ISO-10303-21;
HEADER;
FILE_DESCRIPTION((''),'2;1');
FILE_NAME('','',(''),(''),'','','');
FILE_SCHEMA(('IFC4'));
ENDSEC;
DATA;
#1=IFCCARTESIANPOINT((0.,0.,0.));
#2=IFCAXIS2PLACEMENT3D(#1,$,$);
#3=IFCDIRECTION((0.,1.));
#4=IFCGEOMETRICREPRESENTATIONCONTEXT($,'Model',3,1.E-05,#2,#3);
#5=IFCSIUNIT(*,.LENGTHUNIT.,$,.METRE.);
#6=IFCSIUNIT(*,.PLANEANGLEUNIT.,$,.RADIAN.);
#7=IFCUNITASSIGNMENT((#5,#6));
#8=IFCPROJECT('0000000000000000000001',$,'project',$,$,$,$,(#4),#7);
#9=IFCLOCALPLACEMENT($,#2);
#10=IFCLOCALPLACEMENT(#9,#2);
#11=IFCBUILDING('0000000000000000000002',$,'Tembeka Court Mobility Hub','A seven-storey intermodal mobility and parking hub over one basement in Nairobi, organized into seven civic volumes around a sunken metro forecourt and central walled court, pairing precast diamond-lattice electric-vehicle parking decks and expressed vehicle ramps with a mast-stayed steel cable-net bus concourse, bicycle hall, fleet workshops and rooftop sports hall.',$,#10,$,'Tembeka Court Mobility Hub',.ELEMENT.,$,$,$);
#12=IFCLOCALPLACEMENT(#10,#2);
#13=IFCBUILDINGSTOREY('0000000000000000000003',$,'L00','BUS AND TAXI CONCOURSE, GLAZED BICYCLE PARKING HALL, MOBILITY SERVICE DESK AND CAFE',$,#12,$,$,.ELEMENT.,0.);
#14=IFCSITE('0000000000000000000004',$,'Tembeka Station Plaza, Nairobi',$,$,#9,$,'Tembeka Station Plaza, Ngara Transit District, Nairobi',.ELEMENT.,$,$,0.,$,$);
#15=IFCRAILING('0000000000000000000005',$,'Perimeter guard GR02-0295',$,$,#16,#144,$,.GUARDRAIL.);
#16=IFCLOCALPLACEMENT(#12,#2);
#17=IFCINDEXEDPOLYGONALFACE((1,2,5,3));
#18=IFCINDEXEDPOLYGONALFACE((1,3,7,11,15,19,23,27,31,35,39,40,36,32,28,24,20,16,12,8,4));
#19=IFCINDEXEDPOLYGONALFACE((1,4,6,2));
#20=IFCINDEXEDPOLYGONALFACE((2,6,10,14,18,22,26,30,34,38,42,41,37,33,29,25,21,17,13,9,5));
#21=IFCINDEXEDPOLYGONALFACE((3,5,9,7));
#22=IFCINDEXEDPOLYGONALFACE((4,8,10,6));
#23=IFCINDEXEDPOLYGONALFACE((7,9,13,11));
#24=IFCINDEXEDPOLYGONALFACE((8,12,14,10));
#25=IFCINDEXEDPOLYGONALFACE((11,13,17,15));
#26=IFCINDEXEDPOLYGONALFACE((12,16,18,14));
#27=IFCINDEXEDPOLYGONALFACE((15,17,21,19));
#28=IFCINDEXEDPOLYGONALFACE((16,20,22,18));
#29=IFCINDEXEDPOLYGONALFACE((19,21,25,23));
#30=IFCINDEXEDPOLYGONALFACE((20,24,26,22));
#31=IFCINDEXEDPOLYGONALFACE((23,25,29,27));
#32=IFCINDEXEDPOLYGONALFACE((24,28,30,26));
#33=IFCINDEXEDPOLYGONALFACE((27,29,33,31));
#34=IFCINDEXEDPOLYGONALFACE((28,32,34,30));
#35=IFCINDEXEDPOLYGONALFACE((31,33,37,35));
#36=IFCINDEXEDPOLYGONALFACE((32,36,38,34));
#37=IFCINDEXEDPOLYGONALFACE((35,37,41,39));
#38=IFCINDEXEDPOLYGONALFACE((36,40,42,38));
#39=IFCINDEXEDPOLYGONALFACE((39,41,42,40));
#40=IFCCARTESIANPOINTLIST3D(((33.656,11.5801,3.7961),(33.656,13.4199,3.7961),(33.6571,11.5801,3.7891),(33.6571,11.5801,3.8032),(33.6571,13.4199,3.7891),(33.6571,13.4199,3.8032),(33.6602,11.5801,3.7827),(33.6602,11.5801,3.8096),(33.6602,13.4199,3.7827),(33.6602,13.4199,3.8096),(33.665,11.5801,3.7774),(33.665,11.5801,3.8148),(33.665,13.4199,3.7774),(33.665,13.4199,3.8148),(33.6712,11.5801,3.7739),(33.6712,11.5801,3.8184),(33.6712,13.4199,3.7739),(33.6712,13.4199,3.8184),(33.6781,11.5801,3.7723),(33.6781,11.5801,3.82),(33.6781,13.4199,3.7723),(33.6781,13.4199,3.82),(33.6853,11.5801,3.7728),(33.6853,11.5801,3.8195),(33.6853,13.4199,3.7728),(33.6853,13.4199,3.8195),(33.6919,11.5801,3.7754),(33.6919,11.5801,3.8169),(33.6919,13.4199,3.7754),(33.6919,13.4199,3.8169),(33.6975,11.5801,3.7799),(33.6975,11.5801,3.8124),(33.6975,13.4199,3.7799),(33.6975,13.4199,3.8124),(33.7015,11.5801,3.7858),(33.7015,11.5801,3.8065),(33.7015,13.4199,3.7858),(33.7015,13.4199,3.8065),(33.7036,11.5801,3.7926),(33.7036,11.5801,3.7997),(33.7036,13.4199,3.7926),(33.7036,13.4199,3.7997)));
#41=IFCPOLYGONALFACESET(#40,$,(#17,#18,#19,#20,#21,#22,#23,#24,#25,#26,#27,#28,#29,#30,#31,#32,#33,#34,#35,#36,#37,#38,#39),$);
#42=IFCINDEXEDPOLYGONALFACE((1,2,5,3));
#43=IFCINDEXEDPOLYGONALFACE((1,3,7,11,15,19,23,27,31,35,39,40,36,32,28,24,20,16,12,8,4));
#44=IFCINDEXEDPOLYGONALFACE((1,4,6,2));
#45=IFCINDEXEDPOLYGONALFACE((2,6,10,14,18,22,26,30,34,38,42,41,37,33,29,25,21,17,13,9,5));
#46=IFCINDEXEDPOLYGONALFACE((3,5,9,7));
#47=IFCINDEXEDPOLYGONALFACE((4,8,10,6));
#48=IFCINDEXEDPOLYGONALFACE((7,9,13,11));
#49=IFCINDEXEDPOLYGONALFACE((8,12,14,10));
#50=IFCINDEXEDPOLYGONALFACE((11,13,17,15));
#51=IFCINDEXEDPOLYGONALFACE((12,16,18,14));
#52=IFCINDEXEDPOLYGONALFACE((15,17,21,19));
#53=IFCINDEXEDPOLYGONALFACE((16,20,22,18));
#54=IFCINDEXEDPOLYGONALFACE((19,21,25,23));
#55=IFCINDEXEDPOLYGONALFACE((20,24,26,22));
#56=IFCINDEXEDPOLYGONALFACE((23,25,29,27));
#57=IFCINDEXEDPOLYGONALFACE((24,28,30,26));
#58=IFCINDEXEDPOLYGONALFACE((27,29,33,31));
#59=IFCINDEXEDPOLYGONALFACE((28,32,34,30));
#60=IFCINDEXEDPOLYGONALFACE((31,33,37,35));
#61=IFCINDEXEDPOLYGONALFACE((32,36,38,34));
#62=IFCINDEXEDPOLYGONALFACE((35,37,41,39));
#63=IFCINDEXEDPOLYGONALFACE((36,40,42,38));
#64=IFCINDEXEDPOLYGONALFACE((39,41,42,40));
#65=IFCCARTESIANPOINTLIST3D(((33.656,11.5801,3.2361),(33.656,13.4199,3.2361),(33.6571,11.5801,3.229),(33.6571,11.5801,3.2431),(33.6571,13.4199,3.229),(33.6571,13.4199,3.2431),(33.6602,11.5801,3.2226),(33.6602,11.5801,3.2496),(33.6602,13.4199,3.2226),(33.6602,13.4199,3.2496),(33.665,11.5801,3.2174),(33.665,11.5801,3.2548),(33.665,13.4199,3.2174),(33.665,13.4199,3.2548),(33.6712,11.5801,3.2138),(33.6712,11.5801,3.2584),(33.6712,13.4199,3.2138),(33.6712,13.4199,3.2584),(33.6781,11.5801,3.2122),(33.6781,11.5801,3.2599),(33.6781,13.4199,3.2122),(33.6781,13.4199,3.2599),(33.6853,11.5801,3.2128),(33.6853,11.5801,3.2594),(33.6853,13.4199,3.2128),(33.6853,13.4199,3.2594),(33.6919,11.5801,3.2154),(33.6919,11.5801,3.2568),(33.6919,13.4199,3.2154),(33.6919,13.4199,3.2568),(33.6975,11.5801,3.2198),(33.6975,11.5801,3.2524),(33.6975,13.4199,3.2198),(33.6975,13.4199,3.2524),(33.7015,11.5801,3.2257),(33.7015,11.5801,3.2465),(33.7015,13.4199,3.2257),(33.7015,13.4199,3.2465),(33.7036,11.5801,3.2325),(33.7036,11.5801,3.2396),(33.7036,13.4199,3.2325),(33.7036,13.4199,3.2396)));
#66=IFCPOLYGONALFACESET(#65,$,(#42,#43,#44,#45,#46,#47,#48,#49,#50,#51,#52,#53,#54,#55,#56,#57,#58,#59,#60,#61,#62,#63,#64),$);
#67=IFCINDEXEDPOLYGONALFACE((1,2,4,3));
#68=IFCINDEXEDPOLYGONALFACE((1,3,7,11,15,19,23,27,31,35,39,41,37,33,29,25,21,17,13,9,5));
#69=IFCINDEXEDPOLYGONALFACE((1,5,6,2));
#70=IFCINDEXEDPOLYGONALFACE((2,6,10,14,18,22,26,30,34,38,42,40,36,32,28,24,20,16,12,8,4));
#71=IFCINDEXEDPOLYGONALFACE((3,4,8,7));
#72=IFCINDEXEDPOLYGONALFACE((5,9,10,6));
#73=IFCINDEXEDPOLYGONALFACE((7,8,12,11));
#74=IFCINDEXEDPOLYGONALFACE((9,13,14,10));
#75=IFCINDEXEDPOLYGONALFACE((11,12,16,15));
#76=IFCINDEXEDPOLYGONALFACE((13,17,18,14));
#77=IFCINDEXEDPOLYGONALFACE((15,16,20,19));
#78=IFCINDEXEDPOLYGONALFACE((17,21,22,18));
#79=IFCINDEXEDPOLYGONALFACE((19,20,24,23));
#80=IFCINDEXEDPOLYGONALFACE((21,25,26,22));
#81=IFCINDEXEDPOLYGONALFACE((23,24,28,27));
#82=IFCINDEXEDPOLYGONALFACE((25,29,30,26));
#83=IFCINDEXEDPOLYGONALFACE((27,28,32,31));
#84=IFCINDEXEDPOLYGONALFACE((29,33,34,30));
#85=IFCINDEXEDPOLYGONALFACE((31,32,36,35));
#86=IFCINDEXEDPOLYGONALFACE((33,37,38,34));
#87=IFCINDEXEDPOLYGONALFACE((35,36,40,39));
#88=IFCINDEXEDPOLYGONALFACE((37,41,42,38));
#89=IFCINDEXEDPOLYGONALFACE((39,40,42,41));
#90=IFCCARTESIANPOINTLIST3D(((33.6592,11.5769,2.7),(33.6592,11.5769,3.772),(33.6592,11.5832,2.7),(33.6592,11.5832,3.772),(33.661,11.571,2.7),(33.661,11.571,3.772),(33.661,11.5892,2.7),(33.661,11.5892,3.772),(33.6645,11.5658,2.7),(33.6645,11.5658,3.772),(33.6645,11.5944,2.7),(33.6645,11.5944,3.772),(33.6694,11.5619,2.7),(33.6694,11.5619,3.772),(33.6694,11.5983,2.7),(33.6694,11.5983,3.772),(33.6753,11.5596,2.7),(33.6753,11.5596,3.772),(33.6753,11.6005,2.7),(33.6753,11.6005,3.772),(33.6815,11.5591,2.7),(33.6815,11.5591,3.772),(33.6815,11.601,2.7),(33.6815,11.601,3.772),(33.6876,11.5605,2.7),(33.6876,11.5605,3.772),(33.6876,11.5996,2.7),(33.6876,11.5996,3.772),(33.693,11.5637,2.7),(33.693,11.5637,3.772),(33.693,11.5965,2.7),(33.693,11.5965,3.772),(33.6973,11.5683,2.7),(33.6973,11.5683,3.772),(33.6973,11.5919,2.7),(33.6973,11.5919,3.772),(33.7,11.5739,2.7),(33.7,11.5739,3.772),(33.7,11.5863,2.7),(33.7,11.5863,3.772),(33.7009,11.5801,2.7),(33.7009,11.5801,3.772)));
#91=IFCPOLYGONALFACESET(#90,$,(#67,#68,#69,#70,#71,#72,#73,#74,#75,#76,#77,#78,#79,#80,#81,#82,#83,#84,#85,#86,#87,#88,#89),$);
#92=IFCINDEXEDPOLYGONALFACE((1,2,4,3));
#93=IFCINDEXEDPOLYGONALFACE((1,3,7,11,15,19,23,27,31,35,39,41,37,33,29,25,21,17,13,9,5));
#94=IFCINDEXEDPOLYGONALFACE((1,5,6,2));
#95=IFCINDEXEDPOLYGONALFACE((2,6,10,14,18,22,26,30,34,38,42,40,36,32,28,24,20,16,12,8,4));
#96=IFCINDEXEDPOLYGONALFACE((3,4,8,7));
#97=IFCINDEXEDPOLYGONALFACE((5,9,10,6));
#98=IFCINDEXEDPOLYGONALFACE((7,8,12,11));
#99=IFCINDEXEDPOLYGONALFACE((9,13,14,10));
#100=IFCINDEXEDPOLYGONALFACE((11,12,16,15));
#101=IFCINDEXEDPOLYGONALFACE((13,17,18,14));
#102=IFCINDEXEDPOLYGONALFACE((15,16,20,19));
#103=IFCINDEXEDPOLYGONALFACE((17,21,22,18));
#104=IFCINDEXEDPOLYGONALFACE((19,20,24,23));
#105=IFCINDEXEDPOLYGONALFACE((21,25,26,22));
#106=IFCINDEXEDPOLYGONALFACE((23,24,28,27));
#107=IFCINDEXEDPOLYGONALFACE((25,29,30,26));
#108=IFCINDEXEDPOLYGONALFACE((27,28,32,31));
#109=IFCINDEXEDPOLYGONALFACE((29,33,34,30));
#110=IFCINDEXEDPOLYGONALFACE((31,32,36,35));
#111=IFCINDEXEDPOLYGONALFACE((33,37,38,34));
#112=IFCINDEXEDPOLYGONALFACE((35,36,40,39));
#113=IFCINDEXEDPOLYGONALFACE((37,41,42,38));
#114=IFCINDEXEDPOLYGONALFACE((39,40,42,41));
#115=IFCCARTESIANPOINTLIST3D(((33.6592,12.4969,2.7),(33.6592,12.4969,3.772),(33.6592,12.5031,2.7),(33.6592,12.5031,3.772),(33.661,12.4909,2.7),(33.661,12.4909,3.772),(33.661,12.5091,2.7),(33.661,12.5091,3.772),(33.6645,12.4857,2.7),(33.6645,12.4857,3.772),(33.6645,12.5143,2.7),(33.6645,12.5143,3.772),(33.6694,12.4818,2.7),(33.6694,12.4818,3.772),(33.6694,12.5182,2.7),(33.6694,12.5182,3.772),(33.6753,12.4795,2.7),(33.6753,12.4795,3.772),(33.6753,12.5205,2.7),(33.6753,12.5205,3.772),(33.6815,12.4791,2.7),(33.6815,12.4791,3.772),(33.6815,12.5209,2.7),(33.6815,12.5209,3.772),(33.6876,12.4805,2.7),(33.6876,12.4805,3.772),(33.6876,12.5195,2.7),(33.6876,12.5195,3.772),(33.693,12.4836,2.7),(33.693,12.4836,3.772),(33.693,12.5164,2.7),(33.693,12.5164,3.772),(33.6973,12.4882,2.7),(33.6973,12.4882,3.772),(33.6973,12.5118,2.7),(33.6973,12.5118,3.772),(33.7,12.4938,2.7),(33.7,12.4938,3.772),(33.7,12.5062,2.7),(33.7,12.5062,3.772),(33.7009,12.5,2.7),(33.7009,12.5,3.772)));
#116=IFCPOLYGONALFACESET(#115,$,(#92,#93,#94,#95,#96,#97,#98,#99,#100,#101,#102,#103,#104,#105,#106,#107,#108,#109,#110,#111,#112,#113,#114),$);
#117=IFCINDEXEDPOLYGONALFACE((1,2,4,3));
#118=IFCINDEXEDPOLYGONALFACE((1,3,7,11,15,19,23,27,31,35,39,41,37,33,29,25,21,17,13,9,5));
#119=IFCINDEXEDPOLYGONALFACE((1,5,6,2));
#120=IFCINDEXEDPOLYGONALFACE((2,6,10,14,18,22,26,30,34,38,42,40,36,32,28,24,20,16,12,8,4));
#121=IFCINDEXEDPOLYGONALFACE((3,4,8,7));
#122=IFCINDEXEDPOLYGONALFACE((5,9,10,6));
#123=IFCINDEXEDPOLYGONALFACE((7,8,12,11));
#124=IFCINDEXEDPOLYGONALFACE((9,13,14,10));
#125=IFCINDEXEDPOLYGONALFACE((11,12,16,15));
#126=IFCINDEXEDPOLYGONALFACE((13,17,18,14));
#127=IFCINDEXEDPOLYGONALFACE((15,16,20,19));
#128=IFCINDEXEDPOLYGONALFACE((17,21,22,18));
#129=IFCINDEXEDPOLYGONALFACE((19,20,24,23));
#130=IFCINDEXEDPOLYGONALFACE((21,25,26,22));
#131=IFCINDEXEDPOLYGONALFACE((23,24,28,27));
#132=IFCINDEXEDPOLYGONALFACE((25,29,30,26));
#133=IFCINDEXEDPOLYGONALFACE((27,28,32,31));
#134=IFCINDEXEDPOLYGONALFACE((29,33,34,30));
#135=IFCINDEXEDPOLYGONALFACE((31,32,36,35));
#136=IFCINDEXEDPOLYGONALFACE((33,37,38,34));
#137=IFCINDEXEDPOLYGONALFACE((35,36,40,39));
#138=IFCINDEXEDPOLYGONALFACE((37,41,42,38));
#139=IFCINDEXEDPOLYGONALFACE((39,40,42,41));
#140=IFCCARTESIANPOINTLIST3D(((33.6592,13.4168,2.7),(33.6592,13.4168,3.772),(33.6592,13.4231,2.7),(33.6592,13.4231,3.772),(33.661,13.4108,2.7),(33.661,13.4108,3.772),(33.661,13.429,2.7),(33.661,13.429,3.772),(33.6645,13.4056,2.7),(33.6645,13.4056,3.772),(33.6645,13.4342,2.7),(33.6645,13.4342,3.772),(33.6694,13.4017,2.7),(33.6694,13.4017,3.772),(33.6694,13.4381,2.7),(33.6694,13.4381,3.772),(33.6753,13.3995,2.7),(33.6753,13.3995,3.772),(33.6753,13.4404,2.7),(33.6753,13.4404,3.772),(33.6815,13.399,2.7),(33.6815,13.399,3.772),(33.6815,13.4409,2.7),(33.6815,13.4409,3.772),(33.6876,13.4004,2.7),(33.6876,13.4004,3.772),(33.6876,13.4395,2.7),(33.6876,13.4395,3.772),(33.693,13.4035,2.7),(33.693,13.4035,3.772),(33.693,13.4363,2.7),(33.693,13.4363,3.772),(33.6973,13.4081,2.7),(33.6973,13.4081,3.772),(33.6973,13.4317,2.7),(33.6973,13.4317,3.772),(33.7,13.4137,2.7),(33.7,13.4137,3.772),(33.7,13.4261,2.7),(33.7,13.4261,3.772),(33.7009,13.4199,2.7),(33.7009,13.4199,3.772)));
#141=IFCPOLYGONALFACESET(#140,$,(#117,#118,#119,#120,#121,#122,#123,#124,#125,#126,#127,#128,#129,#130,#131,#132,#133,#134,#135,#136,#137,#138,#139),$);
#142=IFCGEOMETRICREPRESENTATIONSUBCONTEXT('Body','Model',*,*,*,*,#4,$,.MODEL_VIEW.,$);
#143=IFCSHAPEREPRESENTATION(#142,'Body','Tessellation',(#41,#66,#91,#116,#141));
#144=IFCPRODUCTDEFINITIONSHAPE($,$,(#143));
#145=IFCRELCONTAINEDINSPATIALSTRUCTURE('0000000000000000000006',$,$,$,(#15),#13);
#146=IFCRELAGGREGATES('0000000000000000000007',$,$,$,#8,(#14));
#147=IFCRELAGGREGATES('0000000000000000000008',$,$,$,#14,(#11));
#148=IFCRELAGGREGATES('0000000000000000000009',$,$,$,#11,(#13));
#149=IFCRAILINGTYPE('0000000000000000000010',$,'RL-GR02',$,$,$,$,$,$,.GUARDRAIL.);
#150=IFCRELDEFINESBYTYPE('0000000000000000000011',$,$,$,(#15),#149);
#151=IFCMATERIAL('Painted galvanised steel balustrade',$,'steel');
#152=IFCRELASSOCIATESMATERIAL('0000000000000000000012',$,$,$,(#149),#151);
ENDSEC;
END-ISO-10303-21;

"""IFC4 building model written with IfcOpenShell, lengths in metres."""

from ifc_helpers import new_model, si_unit, direction, frame, origin, origin_2d, place, context, subcontext, project, spatial, circle, extrude, material, type_object, element, save


model = new_model("IFC4")

# Units and contexts
model_context = context("Model", 3, precision=1e-05, world=origin(), true_north=direction((0.0, 1.0)))
body_context = subcontext(model_context, "Body", "Model", "MODEL_VIEW")
ifc_project = project(units=[si_unit("LENGTHUNIT", "METRE"), si_unit("PLANEANGLEUNIT", "RADIAN")], contexts=[model_context])

# Site, building, storey
site_placement = place(None, origin())
site = spatial("IfcSite", under=ifc_project, at=site_placement, Name="Tembeka Station Plaza, Nairobi", LongName="Tembeka Station Plaza, Ngara Transit District, Nairobi", CompositionType="ELEMENT", RefElevation=0.0)
building_placement = place(site_placement, origin())
building = spatial("IfcBuilding", under=site, at=building_placement, Name="Tembeka Court Mobility Hub", Description="A seven-storey intermodal mobility and parking hub over one basement in Nairobi, organized into seven civic volumes around a sunken metro forecourt and central walled court, pairing precast diamond-lattice electric-vehicle parking decks and expressed vehicle ramps with a mast-stayed steel cable-net bus concourse, bicycle hall, fleet workshops and rooftop sports hall.", LongName="Tembeka Court Mobility Hub", CompositionType="ELEMENT")
storey_placement = place(building_placement, origin())
storey = spatial("IfcBuildingStorey", under=building, at=storey_placement, Name="L00", Description="BUS AND TAXI CONCOURSE, GLAZED BICYCLE PARKING HALL, MOBILITY SERVICE DESK AND CAFE", CompositionType="ELEMENT", Elevation=0.0)

# Railing
ifc_material_1 = material(Name="Painted galvanised steel balustrade", Category="steel")
railing_type = type_object("IfcRailingType", Name="RL-GR02", PredefinedType="GUARDRAIL", material=ifc_material_1)
railing_1_placement = place(storey_placement, frame((33.6799, 11.5801, 2.7)))
element("IfcRailing", 1, at=railing_1_placement, inside=storey, type_object=railing_type, Name="Perimeter guard GR02-0295", PredefinedType="GUARDRAIL", context=body_context, shape_type="SweptSolid", body=[
    extrude(circle(Radius=0.0239, at=origin_2d()), frame((0.0, 0.0, 1.0962), z_axis=(0.0, 1.0, 0.0), x_axis=(-1.0, 0.0, 0.0)), (0.0, 0.0, 1.0), 1.8398),
    extrude(circle(Radius=0.0239, at=origin_2d()), frame((0.0, 0.0, 0.5361), z_axis=(0.0, 1.0, 0.0), x_axis=(-1.0, 0.0, 0.0)), (0.0, 0.0, 1.0), 1.8398),
    extrude(circle(Radius=0.021, at=origin_2d()), origin(), (0.0, 0.0, 1.0), 1.072),
    extrude(circle(Radius=0.021, at=origin_2d()), frame((0.0, 0.9199, 0.0)), (0.0, 0.0, 1.0), 1.072),
    extrude(circle(Radius=0.021, at=origin_2d()), frame((0.0, 1.8398, 0.0)), (0.0, 0.0, 1.0), 1.072),
])

save(model, "model.ifc")
